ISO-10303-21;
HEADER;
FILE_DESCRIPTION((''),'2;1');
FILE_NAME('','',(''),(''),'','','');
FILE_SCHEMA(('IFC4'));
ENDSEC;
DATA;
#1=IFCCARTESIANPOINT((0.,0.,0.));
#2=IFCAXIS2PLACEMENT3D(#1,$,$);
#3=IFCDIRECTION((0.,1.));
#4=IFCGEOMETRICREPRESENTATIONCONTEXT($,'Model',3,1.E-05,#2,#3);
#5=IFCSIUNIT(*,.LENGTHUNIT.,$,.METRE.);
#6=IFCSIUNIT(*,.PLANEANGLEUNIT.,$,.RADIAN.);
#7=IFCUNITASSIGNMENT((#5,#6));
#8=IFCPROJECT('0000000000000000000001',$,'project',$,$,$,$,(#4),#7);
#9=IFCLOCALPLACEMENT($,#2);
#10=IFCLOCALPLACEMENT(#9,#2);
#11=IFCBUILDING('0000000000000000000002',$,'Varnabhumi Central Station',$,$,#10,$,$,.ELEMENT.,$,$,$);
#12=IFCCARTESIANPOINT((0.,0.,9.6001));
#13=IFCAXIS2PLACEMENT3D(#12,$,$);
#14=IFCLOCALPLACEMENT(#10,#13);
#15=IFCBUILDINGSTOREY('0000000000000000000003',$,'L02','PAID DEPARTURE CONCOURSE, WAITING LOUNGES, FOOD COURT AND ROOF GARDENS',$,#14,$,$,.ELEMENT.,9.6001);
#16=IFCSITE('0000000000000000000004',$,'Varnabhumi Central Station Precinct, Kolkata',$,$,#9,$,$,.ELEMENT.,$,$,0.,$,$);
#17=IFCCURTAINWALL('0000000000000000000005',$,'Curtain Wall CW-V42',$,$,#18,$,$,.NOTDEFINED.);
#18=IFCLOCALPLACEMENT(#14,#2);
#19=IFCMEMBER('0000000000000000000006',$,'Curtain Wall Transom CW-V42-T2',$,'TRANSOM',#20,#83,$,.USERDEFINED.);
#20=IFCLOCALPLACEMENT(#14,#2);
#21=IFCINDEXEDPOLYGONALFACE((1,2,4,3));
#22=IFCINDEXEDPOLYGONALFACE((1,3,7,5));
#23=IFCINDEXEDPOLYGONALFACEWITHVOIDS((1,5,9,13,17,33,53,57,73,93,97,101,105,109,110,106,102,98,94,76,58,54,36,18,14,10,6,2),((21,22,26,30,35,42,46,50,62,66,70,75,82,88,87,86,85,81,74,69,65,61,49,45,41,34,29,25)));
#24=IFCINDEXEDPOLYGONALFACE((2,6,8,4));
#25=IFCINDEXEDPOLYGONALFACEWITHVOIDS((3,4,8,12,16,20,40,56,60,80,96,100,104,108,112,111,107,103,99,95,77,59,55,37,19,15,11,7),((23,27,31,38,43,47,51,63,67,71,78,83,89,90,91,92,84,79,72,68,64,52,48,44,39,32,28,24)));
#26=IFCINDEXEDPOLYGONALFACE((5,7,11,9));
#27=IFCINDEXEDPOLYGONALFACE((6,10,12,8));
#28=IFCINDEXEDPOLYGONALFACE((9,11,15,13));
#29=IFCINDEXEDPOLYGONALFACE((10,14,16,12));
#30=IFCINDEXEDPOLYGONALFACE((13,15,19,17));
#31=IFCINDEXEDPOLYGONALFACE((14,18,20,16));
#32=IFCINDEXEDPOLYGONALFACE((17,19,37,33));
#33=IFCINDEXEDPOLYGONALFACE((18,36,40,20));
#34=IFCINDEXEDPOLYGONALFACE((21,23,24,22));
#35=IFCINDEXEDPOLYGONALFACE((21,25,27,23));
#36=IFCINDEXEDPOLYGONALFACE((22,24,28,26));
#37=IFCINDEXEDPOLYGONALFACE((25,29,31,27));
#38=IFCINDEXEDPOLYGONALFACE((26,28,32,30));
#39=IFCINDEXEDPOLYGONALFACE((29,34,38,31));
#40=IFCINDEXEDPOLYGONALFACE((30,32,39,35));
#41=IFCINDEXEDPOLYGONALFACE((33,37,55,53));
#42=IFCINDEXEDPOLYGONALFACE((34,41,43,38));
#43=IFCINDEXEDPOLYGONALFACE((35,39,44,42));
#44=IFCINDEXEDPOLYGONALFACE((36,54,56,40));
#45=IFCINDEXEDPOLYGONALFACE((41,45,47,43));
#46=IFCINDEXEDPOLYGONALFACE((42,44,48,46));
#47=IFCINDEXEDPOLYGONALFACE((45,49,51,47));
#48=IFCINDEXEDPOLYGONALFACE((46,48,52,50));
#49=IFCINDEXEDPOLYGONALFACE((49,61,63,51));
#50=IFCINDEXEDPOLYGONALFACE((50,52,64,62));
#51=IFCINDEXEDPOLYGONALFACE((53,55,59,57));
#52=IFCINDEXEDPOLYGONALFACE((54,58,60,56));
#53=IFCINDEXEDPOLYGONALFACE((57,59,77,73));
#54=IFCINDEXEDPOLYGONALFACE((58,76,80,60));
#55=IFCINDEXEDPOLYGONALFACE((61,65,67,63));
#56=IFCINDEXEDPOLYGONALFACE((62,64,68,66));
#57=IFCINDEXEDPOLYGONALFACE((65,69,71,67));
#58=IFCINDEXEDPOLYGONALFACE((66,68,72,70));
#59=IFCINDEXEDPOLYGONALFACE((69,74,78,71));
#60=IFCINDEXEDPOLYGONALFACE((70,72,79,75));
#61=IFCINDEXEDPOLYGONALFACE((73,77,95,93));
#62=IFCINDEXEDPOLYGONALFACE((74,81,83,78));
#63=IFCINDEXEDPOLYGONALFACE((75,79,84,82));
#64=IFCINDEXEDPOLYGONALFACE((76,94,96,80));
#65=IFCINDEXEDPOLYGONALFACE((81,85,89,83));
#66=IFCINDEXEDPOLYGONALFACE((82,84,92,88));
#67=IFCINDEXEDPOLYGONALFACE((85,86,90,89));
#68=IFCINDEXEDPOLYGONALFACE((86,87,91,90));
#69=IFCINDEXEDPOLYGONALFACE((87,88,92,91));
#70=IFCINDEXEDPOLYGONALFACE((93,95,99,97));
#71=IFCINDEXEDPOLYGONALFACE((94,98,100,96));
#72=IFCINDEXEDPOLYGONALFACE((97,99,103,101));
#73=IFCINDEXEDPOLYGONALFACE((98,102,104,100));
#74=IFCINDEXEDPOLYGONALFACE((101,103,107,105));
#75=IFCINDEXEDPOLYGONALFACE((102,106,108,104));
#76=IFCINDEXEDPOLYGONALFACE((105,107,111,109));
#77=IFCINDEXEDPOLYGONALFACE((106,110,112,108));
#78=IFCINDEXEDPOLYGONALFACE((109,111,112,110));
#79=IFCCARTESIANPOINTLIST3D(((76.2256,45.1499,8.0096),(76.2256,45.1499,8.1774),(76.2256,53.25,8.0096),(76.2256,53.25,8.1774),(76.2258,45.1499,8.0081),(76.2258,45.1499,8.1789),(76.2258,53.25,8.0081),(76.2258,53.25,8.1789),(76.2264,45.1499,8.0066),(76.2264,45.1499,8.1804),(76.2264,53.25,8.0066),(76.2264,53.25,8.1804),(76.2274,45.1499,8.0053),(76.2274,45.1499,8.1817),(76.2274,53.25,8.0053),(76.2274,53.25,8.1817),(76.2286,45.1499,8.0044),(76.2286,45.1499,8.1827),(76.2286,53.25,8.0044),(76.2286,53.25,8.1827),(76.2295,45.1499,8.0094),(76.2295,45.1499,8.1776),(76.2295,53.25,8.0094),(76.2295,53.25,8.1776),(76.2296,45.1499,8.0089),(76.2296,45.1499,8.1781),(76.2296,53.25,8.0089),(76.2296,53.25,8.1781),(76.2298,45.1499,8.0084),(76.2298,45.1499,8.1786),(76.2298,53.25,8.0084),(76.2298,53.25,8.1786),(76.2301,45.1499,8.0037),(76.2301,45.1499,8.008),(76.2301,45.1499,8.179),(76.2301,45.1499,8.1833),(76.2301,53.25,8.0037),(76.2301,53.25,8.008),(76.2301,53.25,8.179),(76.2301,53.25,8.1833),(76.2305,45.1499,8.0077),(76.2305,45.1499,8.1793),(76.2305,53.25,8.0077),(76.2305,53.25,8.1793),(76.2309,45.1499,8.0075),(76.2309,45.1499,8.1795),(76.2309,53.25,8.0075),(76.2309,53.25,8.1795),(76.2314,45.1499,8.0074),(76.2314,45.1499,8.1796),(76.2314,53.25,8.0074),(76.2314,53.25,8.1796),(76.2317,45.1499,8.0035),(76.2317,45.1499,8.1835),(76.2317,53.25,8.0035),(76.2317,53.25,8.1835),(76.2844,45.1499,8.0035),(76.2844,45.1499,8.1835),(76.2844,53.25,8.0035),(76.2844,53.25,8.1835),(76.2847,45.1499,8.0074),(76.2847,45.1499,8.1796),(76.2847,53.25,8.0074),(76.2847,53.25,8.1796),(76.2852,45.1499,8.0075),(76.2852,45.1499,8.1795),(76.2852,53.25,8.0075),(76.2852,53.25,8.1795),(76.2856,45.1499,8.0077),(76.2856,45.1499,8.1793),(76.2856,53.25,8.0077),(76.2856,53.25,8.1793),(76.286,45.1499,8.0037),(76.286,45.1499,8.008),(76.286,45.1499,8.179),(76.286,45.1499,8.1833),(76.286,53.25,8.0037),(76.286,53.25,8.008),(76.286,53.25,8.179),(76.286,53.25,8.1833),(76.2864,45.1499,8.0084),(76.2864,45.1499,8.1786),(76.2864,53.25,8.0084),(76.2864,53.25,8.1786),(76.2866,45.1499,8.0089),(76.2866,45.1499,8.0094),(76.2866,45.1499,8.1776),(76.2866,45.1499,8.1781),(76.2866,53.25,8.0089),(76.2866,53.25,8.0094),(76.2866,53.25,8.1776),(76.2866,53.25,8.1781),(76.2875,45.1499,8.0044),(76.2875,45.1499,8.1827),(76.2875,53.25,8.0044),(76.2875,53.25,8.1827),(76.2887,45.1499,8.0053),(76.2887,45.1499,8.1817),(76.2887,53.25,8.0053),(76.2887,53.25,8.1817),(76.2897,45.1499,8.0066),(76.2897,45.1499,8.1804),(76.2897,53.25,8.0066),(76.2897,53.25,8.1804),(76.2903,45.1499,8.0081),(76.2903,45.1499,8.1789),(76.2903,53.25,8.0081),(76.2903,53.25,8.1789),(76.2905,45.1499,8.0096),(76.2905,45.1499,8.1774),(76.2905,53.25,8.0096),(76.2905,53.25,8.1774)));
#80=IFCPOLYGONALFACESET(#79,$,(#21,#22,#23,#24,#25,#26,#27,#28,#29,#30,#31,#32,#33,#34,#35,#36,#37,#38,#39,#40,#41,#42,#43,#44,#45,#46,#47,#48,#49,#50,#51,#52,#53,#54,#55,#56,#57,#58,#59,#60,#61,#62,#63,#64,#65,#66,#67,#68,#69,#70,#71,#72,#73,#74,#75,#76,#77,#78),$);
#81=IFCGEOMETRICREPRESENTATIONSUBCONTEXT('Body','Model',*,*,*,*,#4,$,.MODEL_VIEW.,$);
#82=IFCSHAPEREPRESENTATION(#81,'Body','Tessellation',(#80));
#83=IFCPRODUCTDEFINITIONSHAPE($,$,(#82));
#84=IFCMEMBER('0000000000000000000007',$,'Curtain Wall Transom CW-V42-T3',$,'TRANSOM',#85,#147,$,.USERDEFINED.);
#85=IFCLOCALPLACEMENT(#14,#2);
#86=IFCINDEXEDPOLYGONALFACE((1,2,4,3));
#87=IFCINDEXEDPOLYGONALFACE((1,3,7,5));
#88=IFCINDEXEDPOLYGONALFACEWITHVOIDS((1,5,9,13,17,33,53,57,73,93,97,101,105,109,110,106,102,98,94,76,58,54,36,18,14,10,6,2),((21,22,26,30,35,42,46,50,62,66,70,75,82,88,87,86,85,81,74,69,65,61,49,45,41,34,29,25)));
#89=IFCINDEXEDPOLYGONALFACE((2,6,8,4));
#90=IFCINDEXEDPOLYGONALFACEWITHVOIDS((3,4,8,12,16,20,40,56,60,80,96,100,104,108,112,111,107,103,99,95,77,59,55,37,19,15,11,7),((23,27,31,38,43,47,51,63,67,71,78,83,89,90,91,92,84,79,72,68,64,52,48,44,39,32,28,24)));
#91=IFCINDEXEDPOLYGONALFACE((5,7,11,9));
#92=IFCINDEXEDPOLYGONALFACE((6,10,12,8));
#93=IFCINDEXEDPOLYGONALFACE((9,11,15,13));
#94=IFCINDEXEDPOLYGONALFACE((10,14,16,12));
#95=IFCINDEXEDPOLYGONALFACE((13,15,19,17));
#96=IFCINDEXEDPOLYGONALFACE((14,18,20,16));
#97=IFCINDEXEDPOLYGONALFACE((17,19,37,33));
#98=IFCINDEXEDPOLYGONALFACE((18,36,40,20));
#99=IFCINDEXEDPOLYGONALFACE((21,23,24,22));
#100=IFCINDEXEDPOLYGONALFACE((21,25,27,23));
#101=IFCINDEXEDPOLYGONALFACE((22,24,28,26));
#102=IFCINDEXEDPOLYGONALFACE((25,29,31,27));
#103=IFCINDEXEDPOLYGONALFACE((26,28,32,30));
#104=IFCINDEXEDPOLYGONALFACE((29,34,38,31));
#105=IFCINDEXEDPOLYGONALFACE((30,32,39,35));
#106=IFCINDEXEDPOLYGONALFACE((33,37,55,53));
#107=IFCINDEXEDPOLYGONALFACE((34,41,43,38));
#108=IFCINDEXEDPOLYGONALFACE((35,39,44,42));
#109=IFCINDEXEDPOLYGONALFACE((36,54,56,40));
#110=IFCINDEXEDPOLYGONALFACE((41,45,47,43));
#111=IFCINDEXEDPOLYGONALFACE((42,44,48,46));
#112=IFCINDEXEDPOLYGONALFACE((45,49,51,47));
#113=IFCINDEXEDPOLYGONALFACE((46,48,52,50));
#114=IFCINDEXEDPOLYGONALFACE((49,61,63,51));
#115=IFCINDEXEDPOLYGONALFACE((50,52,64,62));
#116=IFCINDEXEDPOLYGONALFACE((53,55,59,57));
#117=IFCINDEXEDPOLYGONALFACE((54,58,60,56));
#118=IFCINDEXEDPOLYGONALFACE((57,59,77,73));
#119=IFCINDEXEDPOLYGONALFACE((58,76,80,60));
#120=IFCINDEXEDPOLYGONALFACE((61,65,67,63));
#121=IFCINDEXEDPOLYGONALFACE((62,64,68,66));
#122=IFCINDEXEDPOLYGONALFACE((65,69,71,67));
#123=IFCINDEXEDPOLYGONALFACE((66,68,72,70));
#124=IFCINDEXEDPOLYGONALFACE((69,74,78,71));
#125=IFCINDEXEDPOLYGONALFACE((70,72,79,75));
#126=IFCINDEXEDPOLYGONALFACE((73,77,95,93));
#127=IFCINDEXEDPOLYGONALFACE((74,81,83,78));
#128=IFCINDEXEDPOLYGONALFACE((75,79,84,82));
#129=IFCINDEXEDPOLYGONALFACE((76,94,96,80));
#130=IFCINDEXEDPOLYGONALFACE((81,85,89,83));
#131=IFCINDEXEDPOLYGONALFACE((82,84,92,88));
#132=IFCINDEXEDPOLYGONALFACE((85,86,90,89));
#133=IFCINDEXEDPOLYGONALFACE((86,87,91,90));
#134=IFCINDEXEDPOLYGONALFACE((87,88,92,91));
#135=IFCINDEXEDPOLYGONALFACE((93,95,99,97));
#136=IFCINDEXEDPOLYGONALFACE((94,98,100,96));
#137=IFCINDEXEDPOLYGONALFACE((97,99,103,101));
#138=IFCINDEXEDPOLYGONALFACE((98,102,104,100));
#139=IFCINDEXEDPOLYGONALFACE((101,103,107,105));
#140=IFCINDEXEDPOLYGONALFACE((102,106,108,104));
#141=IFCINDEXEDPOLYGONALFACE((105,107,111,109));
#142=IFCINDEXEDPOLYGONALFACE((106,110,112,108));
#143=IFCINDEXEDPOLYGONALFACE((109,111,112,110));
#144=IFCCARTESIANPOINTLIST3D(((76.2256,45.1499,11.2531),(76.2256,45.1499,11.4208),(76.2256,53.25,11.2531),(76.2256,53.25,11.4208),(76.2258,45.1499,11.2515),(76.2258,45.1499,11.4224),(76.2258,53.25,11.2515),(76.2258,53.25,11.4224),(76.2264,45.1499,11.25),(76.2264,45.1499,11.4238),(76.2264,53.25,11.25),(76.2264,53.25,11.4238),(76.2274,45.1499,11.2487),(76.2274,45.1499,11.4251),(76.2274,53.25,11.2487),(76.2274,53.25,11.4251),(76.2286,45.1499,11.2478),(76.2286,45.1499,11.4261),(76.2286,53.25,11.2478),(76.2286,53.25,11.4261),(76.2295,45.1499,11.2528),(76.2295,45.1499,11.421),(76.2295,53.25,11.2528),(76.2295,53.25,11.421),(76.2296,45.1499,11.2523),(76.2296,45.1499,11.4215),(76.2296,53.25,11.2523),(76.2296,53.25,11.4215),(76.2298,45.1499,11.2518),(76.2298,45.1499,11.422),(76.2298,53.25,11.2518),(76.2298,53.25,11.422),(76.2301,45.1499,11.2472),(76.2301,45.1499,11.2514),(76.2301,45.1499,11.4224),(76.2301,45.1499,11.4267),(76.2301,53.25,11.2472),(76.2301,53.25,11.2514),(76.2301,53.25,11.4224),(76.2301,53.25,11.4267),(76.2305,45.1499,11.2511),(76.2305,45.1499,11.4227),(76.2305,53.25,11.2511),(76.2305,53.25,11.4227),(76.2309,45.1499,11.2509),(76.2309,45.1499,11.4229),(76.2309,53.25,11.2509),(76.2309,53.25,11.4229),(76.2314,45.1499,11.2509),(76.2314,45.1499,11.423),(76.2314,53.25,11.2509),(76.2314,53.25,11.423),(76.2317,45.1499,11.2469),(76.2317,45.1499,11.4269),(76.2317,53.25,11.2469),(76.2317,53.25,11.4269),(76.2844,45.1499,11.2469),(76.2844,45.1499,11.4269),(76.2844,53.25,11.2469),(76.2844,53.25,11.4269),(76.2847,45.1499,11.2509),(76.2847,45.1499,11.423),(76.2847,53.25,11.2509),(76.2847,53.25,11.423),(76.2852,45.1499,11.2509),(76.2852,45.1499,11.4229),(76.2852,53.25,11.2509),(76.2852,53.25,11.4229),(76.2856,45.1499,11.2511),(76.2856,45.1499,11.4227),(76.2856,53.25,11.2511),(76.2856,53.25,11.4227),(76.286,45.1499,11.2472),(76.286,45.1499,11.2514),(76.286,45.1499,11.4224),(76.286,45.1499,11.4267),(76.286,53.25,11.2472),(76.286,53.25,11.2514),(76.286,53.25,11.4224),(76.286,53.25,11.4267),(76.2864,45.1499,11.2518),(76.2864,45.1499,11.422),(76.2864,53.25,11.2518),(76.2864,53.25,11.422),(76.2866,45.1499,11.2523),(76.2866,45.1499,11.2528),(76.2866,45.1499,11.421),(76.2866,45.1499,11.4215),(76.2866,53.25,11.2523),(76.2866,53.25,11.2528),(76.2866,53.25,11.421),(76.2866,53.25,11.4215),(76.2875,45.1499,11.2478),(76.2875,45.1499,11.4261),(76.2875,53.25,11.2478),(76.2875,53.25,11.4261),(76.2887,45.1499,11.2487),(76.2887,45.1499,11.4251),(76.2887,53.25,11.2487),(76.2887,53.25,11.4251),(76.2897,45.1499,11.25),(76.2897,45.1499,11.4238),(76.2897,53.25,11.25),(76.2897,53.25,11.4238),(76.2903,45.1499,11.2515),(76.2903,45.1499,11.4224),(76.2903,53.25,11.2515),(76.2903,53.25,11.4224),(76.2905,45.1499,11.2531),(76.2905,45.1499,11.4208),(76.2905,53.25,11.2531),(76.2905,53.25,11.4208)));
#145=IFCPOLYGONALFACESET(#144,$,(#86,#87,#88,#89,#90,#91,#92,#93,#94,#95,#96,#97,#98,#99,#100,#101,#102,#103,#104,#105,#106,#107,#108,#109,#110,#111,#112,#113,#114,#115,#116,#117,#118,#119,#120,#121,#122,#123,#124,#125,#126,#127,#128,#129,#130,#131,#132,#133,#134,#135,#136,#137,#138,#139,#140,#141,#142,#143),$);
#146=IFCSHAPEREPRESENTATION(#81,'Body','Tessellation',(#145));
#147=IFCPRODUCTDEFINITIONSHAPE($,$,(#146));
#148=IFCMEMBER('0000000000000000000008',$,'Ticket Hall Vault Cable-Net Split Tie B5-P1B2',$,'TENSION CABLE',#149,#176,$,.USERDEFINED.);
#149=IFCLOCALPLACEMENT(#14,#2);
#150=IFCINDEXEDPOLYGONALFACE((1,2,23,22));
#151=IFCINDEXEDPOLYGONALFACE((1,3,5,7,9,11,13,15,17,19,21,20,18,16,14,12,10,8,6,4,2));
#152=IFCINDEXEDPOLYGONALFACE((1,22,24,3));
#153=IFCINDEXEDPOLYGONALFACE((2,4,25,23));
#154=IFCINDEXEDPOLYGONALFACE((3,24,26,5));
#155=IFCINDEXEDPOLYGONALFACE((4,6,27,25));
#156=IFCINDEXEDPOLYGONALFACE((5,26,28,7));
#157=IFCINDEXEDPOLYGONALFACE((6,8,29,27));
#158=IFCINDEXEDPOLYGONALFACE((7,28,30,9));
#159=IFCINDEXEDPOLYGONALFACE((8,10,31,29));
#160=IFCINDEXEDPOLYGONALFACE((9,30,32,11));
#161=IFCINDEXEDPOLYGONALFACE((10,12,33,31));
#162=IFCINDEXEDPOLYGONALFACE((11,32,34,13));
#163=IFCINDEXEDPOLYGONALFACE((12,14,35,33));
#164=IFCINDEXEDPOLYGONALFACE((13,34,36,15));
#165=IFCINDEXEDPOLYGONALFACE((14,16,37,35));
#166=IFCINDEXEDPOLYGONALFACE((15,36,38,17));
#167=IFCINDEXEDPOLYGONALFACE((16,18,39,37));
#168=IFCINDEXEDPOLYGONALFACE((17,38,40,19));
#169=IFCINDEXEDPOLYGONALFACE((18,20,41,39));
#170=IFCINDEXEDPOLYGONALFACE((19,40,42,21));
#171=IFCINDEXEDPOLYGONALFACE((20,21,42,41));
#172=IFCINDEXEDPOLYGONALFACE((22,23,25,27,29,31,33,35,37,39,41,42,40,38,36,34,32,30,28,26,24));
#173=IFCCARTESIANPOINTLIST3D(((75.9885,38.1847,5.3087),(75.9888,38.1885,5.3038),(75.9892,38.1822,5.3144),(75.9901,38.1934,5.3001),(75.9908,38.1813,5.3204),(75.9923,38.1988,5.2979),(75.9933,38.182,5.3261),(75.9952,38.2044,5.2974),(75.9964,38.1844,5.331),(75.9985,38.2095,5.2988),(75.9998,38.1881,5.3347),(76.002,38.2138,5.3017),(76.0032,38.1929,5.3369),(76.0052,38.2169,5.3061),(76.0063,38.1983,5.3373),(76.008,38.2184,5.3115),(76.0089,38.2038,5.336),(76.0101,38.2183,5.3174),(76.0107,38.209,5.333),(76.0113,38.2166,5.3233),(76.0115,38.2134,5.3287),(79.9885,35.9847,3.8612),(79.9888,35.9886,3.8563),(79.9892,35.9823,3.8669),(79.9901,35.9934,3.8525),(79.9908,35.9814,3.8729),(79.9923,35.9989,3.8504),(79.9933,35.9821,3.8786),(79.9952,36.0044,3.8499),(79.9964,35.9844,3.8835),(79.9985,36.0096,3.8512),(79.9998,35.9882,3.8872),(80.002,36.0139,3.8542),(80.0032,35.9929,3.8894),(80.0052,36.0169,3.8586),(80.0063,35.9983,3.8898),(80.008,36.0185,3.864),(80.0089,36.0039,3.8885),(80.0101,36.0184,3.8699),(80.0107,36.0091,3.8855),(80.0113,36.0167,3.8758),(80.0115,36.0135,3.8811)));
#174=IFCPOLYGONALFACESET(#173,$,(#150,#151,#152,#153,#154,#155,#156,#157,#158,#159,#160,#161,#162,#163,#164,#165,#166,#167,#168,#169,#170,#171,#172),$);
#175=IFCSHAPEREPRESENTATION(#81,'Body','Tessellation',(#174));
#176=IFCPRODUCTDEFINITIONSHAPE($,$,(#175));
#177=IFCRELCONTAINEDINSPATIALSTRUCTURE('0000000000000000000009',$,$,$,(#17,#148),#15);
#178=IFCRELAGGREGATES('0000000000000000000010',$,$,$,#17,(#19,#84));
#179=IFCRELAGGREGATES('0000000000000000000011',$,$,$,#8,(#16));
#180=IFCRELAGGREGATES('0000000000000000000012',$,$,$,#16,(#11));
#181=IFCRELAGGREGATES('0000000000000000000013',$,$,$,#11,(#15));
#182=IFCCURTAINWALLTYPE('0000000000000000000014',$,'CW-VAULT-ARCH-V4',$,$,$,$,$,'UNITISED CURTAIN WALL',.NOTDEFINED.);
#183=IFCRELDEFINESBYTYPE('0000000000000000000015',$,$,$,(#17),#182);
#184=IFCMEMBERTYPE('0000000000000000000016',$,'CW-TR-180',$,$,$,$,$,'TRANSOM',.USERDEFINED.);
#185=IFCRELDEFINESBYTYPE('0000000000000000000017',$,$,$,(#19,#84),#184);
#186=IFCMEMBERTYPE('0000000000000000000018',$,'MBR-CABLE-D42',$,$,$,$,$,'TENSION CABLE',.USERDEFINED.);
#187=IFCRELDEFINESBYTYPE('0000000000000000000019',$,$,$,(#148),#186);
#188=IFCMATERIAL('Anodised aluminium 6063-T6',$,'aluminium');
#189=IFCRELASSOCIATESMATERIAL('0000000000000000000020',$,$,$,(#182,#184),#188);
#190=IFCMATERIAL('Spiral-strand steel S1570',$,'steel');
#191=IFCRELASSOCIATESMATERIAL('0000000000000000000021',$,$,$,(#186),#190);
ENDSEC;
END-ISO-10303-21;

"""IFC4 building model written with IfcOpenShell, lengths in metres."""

from ifc_helpers import new_model, si_unit, direction, frame, origin, origin_2d, place, context, subcontext, project, spatial, hollow_rectangle, circle, extrude, material, material_profile, profile_set, type_object, element, aggregate, save


model = new_model("IFC4")

# Units and contexts
model_context = context("Model", 3, precision=1e-05, world=origin(), true_north=direction((0.0, 1.0)))
body_context = subcontext(model_context, "Body", "Model", "MODEL_VIEW")
ifc_project = project(units=[si_unit("LENGTHUNIT", "METRE"), si_unit("PLANEANGLEUNIT", "RADIAN")], contexts=[model_context])

# Site, building, storey
site_placement = place(None, origin())
site = spatial("IfcSite", under=ifc_project, at=site_placement, Name="Varnabhumi Central Station Precinct, Kolkata", CompositionType="ELEMENT", RefElevation=0.0)
building_placement = place(site_placement, origin())
building = spatial("IfcBuilding", under=site, at=building_placement, Name="Varnabhumi Central Station", CompositionType="ELEMENT")
storey_placement = place(building_placement, frame((0.0, 0.0, 9.6001)))
storey = spatial("IfcBuildingStorey", under=building, at=storey_placement, Name="L02", Description="PAID DEPARTURE CONCOURSE, WAITING LOUNGES, FOOD COURT AND ROOF GARDENS", CompositionType="ELEMENT", Elevation=9.6001)

# Curtain wall, members
ifc_material_1 = material(Name="Anodised aluminium 6063-T6", Category="aluminium")
curtain_wall_type = type_object("IfcCurtainWallType", Name="CW-VAULT-ARCH-V4", ElementType="UNITISED CURTAIN WALL", PredefinedType="NOTDEFINED", material=ifc_material_1)
curtain_wall_1_placement = place(storey_placement, origin())
curtain_wall_1 = element("IfcCurtainWall", 1, at=curtain_wall_1_placement, inside=storey, type_object=curtain_wall_type, Name="Curtain Wall CW-V42", PredefinedType="NOTDEFINED")
ifc_material_profile_1 = material_profile(ifc_material_1, hollow_rectangle(XDim=0.0649, YDim=0.1799, WallThickness=0.0039, InnerFilletRadius=0.002, OuterFilletRadius=0.0061, at=origin_2d()), Name="Anodised aluminium 6063-T6", Category="aluminium")
ifc_profile_set_1 = profile_set([ifc_material_profile_1], Name="Anodised aluminium 6063-T6")
member_type_1 = type_object("IfcMemberType", Name="CW-TR-180", ElementType="TRANSOM", PredefinedType="USERDEFINED", material=ifc_profile_set_1)
member_1_placement = place(storey_placement, frame((76.2581, 45.1499, 8.0935), z_axis=(0.0, 1.0, 0.0), x_axis=(-1.0, 0.0, 0.0)))
member_1 = element("IfcMember", 2, at=member_1_placement, type_object=member_type_1, Name="Curtain Wall Transom CW-V42-T2", ObjectType="TRANSOM", PredefinedType="USERDEFINED", context=body_context, shape_type="SweptSolid", body=[
    extrude(hollow_rectangle(XDim=0.0649, YDim=0.1799, WallThickness=0.0039, InnerFilletRadius=0.002, OuterFilletRadius=0.0061, at=origin_2d()), origin(), (0.0, 0.0, 1.0), 8.1001),
])
member_2_placement = place(storey_placement, frame((76.2581, 45.1499, 11.3369), z_axis=(0.0, 1.0, 0.0), x_axis=(-1.0, 0.0, 0.0)))
member_2 = element("IfcMember", 3, at=member_2_placement, type_object=member_type_1, Name="Curtain Wall Transom CW-V42-T3", ObjectType="TRANSOM", PredefinedType="USERDEFINED", context=body_context, shape_type="SweptSolid", body=[
    extrude(hollow_rectangle(XDim=0.0649, YDim=0.1799, WallThickness=0.0039, InnerFilletRadius=0.002, OuterFilletRadius=0.0061, at=origin_2d()), origin(), (0.0, 0.0, 1.0), 8.1001),
])
aggregate(curtain_wall_1, [member_1, member_2])

# Member
ifc_material_2 = material(Name="Spiral-strand steel S1570", Category="steel")
ifc_material_profile_2 = material_profile(ifc_material_2, circle(Radius=0.021, at=origin_2d()), Name="Spiral-strand steel S1570", Category="steel")
ifc_profile_set_2 = profile_set([ifc_material_profile_2], Name="Spiral-strand steel S1570")
member_type_2 = type_object("IfcMemberType", Name="MBR-CABLE-D42", ElementType="TENSION CABLE", PredefinedType="USERDEFINED", material=ifc_profile_set_2)
member_3_placement = place(storey_placement, frame((76.0, 38.2, 5.3174), z_axis=(0.835237, -0.45937, -0.302254), x_axis=(0.481911, 0.87622, 0.0)))
element("IfcMember", 4, at=member_3_placement, inside=storey, type_object=member_type_2, Name="Ticket Hall Vault Cable-Net Split Tie B5-P1B2", ObjectType="TENSION CABLE", PredefinedType="USERDEFINED", context=body_context, shape_type="SweptSolid", body=[
    extrude(circle(Radius=0.021, at=origin_2d()), origin(), (0.0, 0.0, 1.0), 4.7891),
])

save(model, "model.ifc")
